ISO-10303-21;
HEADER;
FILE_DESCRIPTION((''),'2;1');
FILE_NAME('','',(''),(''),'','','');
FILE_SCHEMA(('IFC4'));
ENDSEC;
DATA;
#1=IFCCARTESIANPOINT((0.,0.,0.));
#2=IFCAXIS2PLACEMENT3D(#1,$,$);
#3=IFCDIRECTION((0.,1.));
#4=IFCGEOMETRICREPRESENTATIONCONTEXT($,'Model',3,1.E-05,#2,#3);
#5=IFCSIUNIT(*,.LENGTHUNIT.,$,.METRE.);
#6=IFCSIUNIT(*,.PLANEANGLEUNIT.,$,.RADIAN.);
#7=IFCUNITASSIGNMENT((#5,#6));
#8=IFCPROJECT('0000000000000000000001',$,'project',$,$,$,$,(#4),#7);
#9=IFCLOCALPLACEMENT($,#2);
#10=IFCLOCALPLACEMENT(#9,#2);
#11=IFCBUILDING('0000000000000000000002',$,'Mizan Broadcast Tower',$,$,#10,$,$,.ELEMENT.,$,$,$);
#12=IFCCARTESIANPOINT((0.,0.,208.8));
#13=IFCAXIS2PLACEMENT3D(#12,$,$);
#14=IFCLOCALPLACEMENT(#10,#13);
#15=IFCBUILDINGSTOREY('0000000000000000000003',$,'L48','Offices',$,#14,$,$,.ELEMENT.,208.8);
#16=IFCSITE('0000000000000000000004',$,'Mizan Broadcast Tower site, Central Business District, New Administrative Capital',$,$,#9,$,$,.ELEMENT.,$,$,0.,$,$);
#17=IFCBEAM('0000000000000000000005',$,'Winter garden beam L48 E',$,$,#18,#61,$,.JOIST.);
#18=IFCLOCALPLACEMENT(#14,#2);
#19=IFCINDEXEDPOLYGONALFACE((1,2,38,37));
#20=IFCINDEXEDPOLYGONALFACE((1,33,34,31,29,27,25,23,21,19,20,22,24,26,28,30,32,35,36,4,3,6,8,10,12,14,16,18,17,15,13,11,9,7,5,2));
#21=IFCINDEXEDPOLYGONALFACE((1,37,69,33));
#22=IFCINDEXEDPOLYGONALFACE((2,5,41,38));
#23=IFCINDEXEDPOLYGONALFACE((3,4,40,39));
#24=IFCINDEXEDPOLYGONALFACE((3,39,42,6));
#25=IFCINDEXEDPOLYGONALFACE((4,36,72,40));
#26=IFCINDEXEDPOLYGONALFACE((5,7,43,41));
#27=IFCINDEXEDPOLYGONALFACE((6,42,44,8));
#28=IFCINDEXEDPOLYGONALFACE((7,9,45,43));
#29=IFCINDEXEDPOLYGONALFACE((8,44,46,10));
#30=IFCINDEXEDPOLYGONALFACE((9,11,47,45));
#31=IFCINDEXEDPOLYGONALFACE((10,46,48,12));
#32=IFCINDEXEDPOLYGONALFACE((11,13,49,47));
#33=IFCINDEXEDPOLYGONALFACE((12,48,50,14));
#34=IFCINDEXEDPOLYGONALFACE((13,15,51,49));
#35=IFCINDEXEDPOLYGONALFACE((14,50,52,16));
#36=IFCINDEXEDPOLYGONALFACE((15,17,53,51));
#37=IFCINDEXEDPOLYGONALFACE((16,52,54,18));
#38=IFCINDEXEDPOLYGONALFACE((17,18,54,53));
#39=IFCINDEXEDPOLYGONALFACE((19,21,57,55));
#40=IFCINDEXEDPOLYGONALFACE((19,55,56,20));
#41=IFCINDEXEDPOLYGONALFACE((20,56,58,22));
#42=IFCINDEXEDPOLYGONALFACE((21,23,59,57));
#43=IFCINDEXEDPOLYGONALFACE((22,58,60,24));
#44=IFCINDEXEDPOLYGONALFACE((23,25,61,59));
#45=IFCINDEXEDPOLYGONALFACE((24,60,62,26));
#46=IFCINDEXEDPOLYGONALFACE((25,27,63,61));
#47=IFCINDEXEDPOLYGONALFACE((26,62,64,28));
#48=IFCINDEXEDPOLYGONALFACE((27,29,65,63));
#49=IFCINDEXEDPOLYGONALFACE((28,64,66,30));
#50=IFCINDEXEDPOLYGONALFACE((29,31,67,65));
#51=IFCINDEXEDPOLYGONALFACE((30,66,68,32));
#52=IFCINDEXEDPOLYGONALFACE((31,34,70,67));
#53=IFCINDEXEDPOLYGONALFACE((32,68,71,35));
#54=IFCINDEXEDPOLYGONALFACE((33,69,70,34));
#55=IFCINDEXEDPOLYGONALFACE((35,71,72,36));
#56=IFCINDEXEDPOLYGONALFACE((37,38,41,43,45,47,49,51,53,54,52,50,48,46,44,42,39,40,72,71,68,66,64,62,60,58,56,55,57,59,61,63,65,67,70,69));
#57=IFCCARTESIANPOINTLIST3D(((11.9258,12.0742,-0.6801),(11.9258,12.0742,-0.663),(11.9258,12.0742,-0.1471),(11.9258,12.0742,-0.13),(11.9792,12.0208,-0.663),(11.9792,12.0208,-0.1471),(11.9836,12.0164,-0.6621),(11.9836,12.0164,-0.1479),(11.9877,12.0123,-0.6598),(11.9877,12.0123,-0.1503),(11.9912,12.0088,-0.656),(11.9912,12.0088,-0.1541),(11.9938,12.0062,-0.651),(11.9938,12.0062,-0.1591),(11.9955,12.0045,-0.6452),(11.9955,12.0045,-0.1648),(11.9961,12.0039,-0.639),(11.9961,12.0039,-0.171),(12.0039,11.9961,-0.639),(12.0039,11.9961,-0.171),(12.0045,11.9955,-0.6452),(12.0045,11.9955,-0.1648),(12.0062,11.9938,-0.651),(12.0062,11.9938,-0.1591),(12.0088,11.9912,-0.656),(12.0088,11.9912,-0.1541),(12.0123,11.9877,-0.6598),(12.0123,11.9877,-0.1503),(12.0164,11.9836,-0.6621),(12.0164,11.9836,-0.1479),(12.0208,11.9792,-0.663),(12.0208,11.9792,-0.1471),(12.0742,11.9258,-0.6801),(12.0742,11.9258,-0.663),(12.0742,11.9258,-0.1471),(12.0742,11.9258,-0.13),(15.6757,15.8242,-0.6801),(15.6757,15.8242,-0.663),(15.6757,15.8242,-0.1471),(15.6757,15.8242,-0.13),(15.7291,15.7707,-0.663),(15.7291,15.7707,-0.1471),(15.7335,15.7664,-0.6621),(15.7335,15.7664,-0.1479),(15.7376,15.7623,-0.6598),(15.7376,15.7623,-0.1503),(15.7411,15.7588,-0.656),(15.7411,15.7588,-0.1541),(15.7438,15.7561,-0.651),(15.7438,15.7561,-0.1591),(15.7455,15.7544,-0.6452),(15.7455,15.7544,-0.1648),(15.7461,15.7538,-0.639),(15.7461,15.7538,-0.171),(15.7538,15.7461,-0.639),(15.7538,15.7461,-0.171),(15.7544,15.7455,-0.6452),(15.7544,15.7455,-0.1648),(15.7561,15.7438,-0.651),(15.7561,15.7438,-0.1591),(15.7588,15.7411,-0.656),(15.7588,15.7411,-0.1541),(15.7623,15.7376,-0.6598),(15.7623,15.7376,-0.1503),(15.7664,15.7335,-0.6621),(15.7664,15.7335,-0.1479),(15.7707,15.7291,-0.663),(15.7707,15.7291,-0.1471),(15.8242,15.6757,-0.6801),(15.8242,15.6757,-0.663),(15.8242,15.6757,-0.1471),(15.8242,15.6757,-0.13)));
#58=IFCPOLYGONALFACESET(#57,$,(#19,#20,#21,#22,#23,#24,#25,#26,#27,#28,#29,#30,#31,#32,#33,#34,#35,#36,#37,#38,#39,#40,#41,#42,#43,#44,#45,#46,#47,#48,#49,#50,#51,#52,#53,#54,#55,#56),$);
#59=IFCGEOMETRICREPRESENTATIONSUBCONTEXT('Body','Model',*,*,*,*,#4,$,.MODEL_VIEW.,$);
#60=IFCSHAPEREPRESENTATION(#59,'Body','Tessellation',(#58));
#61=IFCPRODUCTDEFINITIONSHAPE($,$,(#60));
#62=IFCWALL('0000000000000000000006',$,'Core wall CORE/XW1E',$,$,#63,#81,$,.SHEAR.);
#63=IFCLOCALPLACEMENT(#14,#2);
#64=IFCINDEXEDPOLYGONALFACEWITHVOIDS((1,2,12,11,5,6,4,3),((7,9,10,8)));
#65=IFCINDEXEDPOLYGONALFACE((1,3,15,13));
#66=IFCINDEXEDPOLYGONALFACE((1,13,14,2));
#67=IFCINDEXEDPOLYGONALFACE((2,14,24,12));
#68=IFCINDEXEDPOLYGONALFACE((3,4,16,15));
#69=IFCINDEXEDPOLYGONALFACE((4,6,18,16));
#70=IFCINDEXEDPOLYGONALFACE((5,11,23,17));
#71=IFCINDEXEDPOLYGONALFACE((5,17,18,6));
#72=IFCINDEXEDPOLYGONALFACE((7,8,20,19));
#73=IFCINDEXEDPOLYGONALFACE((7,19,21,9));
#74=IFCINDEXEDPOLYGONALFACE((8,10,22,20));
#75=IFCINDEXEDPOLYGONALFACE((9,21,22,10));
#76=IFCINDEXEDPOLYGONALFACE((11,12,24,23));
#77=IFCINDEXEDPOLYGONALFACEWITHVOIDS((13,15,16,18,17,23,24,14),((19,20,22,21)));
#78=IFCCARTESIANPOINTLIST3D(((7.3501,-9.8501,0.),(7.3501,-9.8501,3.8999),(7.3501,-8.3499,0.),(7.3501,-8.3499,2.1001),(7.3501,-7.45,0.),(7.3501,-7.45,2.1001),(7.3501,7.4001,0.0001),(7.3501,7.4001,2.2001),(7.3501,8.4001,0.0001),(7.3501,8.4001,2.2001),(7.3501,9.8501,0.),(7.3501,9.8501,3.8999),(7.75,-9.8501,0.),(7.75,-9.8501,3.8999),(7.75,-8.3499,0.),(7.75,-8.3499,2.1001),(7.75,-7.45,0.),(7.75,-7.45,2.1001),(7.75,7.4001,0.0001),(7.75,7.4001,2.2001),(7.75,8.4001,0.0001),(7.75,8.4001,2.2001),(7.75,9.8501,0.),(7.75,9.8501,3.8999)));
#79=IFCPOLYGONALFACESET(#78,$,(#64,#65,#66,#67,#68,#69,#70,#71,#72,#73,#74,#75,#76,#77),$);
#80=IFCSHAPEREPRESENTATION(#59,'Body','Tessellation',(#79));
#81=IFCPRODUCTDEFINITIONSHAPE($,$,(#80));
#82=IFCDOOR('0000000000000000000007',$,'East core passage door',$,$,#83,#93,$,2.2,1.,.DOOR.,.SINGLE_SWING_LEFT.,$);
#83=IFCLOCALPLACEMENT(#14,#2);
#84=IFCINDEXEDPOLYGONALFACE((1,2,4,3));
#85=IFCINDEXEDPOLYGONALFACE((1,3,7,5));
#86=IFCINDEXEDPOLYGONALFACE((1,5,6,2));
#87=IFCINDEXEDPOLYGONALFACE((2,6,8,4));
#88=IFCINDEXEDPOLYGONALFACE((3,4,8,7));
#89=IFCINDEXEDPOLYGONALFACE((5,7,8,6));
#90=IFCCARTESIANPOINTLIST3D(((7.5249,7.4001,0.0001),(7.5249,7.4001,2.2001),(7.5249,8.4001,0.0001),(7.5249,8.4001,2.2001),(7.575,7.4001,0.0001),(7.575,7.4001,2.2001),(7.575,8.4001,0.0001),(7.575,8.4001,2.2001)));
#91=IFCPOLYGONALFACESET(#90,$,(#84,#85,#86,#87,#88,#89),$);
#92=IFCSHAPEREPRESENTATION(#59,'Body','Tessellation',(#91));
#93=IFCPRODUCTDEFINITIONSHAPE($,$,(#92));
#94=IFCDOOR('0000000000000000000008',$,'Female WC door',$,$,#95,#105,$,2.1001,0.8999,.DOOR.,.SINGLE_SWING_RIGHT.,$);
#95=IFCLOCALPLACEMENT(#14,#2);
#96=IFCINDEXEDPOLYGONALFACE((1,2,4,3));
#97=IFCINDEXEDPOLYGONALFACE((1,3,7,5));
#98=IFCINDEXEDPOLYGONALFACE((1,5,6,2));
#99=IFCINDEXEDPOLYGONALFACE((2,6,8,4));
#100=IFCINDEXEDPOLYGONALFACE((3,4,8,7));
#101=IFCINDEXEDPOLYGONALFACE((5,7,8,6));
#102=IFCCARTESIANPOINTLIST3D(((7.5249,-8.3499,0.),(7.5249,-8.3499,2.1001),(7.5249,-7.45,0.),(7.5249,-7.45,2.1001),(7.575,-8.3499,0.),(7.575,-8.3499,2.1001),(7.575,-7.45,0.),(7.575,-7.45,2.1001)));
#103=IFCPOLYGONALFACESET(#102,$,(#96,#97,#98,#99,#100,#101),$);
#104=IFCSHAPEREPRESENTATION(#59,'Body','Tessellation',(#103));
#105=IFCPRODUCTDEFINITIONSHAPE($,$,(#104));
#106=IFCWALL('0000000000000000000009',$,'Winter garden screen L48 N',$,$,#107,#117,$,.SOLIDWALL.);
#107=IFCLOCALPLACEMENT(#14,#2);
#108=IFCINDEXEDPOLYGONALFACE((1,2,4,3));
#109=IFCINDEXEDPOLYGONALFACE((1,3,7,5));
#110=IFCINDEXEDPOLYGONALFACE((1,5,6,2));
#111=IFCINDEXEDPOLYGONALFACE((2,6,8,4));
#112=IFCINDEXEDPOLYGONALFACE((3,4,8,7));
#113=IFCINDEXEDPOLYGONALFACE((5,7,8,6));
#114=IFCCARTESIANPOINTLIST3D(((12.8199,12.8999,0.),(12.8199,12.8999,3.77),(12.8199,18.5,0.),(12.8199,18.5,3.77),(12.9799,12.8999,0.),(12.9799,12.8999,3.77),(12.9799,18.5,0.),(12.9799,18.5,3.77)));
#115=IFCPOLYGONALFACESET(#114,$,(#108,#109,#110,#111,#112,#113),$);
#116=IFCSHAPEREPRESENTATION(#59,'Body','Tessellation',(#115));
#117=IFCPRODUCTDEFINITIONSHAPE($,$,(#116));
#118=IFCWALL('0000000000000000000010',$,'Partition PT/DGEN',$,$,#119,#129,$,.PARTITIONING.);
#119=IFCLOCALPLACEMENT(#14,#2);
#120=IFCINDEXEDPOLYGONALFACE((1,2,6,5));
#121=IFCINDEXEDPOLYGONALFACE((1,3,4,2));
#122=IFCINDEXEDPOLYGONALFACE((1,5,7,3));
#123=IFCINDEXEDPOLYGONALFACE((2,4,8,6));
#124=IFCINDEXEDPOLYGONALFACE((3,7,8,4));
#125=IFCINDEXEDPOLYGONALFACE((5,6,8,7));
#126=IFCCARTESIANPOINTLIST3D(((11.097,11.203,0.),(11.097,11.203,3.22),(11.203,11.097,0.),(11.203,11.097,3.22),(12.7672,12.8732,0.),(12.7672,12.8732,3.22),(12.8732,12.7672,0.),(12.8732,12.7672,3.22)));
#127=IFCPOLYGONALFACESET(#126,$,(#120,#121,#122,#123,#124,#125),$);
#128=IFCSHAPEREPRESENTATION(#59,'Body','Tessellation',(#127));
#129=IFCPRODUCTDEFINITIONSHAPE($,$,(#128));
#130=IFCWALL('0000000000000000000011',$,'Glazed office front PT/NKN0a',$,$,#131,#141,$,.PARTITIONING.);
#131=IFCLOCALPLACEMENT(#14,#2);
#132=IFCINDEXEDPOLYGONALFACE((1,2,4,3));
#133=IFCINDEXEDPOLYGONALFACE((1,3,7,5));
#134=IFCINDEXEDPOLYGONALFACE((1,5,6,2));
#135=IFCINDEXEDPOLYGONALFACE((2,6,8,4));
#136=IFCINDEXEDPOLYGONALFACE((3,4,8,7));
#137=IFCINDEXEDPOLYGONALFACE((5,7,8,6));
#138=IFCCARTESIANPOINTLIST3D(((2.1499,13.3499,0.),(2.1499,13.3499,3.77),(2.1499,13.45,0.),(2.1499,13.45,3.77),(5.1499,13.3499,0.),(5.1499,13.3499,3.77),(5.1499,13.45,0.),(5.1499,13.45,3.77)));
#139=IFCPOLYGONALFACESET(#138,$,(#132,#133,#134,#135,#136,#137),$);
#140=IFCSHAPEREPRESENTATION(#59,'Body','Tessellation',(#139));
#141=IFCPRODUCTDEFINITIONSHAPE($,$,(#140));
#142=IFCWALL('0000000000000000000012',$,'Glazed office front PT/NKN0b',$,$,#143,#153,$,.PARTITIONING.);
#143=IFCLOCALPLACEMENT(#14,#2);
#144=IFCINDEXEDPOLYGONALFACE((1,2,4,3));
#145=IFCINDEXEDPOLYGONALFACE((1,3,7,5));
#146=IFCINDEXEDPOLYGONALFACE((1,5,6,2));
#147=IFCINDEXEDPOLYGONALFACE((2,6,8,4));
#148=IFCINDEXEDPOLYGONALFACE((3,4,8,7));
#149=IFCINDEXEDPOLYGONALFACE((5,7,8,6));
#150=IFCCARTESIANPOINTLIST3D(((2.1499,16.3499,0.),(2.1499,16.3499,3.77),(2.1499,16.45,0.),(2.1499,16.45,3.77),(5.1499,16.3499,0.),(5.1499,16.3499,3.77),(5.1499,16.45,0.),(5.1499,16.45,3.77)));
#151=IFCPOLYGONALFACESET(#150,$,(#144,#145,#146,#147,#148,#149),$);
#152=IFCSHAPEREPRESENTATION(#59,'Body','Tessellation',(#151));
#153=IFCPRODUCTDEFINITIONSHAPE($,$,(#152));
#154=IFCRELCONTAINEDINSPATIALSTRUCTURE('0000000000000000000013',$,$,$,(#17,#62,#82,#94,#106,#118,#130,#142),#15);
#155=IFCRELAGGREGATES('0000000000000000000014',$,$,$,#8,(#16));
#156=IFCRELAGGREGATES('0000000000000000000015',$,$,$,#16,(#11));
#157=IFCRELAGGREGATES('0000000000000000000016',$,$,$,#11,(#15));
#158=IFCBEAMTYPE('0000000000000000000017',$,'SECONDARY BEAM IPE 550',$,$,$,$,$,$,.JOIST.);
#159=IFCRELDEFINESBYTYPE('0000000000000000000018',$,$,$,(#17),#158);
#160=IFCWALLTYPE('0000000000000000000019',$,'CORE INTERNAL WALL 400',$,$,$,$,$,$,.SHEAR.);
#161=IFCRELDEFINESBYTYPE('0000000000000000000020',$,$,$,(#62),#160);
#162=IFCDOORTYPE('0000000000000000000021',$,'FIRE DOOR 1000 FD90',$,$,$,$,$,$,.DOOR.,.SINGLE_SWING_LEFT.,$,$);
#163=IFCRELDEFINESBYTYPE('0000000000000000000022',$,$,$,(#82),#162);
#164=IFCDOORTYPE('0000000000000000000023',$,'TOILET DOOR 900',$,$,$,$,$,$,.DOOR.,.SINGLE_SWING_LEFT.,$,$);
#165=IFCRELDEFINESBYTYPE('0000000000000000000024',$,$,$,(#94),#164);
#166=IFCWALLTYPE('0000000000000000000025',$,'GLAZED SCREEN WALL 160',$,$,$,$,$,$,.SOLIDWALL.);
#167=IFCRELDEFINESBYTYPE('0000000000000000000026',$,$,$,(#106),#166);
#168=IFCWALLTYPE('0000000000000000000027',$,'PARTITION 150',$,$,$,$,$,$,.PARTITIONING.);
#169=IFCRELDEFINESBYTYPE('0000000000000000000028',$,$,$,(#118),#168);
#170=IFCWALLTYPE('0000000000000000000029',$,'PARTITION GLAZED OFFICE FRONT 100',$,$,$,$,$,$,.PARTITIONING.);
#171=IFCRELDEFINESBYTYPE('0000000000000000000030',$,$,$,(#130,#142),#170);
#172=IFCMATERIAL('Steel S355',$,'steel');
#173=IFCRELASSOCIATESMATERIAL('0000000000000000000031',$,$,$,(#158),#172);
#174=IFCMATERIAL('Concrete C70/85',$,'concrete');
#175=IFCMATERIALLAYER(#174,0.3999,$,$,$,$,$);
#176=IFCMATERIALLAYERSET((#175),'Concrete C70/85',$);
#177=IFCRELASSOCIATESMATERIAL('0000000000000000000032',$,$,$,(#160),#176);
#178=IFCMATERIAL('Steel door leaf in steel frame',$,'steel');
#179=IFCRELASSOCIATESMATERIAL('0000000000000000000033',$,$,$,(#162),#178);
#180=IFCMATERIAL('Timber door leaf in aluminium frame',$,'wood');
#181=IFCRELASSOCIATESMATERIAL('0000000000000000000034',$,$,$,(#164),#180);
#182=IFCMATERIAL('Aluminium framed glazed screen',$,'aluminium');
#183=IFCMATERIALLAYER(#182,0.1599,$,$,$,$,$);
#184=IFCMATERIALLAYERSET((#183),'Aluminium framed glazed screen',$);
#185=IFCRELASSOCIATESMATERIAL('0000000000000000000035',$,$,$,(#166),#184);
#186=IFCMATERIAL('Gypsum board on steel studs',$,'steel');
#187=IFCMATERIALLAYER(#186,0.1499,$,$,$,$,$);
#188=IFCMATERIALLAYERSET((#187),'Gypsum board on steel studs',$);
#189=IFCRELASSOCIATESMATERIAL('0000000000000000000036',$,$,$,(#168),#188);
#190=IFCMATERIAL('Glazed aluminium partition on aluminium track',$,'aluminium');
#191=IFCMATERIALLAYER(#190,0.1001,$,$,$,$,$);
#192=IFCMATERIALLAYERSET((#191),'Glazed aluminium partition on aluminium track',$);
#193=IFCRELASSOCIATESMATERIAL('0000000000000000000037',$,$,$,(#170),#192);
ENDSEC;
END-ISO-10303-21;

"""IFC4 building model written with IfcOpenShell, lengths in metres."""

from ifc_helpers import new_model, si_unit, direction, frame, frame_2d, origin, origin_2d, place, context, subcontext, project, spatial, rectangle, i_section, extrude, material, layer, layer_set, material_profile, profile_set, type_object, element, fill, save


model = new_model("IFC4")

# Units and contexts
model_context = context("Model", 3, precision=1e-05, world=origin(), true_north=direction((0.0, 1.0)))
body_context = subcontext(model_context, "Body", "Model", "MODEL_VIEW")
ifc_project = project(units=[si_unit("LENGTHUNIT", "METRE"), si_unit("PLANEANGLEUNIT", "RADIAN")], contexts=[model_context])

# Site, building, storey
site_placement = place(None, origin())
site = spatial("IfcSite", under=ifc_project, at=site_placement, Name="Mizan Broadcast Tower site, Central Business District, New Administrative Capital", CompositionType="ELEMENT", RefElevation=0.0)
building_placement = place(site_placement, origin())
building = spatial("IfcBuilding", under=site, at=building_placement, Name="Mizan Broadcast Tower", CompositionType="ELEMENT")
storey_placement = place(building_placement, frame((0.0, 0.0, 208.8)))
storey = spatial("IfcBuildingStorey", under=building, at=storey_placement, Name="L48", Description="Offices", CompositionType="ELEMENT", Elevation=208.8)

# Beam
ifc_material_1 = material(Name="Steel S355", Category="steel")
ifc_material_profile_1 = material_profile(ifc_material_1, i_section(OverallWidth=0.21, OverallDepth=0.55, WebThickness=0.011, FlangeThickness=0.0171, FilletRadius=0.0239, at=origin_2d()), Name="IPE 550")
ifc_profile_set_1 = profile_set([ifc_material_profile_1], Name="Steel S355")
beam_type_1 = type_object("IfcBeamType", Name="SECONDARY BEAM IPE 550", PredefinedType="JOIST", material=ifc_profile_set_1)
beam_placement = place(storey_placement, frame((12.0, 12.0, -0.405), z_axis=(0.707107, 0.707107, 0.0), x_axis=(-0.707107, 0.707107, 0.0)))
element("IfcBeam", 1, at=beam_placement, inside=storey, type_object=beam_type_1, Name="Winter garden beam L48 E", PredefinedType="JOIST", context=body_context, shape_type="SweptSolid", body=[
    extrude(i_section(OverallWidth=0.21, OverallDepth=0.55, WebThickness=0.011, FlangeThickness=0.0171, FilletRadius=0.0239, at=origin_2d()), origin(), (0.0, 0.0, 1.0), 5.3032),
])

# Wall, openings, doors
ifc_material_2 = material(Name="Concrete C70/85", Category="concrete")
ifc_layer_1 = layer(ifc_material_2, 0.3999)
ifc_layer_set_1 = layer_set([ifc_layer_1], Name="Concrete C70/85")
wall_type_1 = type_object("IfcWallType", Name="CORE INTERNAL WALL 400", PredefinedType="SHEAR", material=ifc_layer_set_1)
wall_1_placement = place(storey_placement, frame((7.55, 9.8501, 0.0), z_axis=(0.0, 0.0, 1.0), x_axis=(0.0, -1.0, 0.0)))
wall_1 = element("IfcWall", 2, at=wall_1_placement, inside=storey, type_object=wall_type_1, Name="Core wall CORE/XW1E", PredefinedType="SHEAR", context=body_context, shape_type="SweptSolid", body=[
    extrude(rectangle(XDim=19.7002, YDim=0.3999, at=frame_2d((9.8501, 0.0))), origin(), (0.0, 0.0, 1.0), 3.8999),
])
opening_1_placement = place(wall_1_placement, frame((1.45, 0.0, 0.0)))
opening_1 = element("IfcOpeningElement", 3, at=opening_1_placement, cuts=wall_1, PredefinedType="OPENING", context=body_context, shape_type="SweptSolid", body=[
    extrude(rectangle(XDim=1.0, YDim=2.2, at=frame_2d((0.5, 1.1001))), frame((0.0, 0.21, 0.0), z_axis=(0.0, -1.0, 0.0), x_axis=(1.0, 0.0, 0.0)), (0.0, 0.0, 1.0), 0.4199),
])
opening_2_placement = place(wall_1_placement, frame((17.3, 0.0, 0.0)))
opening_2 = element("IfcOpeningElement", 4, at=opening_2_placement, cuts=wall_1, PredefinedType="OPENING", context=body_context, shape_type="SweptSolid", body=[
    extrude(rectangle(XDim=0.8999, YDim=2.1001, at=frame_2d((0.45, 1.05))), frame((0.0, 0.21, 0.0), z_axis=(0.0, -1.0, 0.0), x_axis=(1.0, 0.0, 0.0)), (0.0, 0.0, 1.0), 0.4199),
])
ifc_material_3 = material(Name="Steel door leaf in steel frame", Category="steel")
door_type_1 = type_object("IfcDoorType", Name="FIRE DOOR 1000 FD90", OperationType="SINGLE_SWING_LEFT", PredefinedType="DOOR", material=ifc_material_3)
door_1_placement = place(opening_1_placement, origin())
door_1 = element("IfcDoor", 5, at=door_1_placement, inside=storey, type_object=door_type_1, Name="East core passage door", OperationType="SINGLE_SWING_LEFT", OverallHeight=2.2, OverallWidth=1.0, PredefinedType="DOOR", context=body_context, shape_type="SweptSolid", body=[
    extrude(rectangle(XDim=1.0, YDim=2.2, at=frame_2d((0.5, 1.1001))), frame((0.0, 0.0249, 0.0), z_axis=(0.0, -1.0, 0.0), x_axis=(1.0, 0.0, 0.0)), (0.0, 0.0, 1.0), 0.05),
])
fill(opening_1, door_1)
ifc_material_4 = material(Name="Timber door leaf in aluminium frame", Category="wood")
door_type_2 = type_object("IfcDoorType", Name="TOILET DOOR 900", OperationType="SINGLE_SWING_LEFT", PredefinedType="DOOR", material=ifc_material_4)
door_2_placement = place(opening_2_placement, origin())
door_2 = element("IfcDoor", 6, at=door_2_placement, inside=storey, type_object=door_type_2, Name="Female WC door", OperationType="SINGLE_SWING_RIGHT", OverallHeight=2.1001, OverallWidth=0.8999, PredefinedType="DOOR", context=body_context, shape_type="SweptSolid", body=[
    extrude(rectangle(XDim=0.8999, YDim=2.1001, at=frame_2d((0.45, 1.05))), frame((0.0, 0.0249, 0.0), z_axis=(0.0, -1.0, 0.0), x_axis=(1.0, 0.0, 0.0)), (0.0, 0.0, 1.0), 0.05),
])
fill(opening_2, door_2)

# Walls
ifc_material_5 = material(Name="Aluminium framed glazed screen", Category="aluminium")
ifc_layer_2 = layer(ifc_material_5, 0.1599)
ifc_layer_set_2 = layer_set([ifc_layer_2], Name="Aluminium framed glazed screen")
wall_type_2 = type_object("IfcWallType", Name="GLAZED SCREEN WALL 160", PredefinedType="SOLIDWALL", material=ifc_layer_set_2)
wall_2_placement = place(storey_placement, frame((12.8999, 12.8999, 0.0), z_axis=(0.0, 0.0, 1.0), x_axis=(0.0, 1.0, 0.0)))
element("IfcWall", 7, at=wall_2_placement, inside=storey, type_object=wall_type_2, Name="Winter garden screen L48 N", PredefinedType="SOLIDWALL", context=body_context, shape_type="SweptSolid", body=[
    extrude(rectangle(XDim=5.6001, YDim=0.1599, at=frame_2d((2.8, 0.0))), origin(), (0.0, 0.0, 1.0), 3.77),
])
ifc_material_6 = material(Name="Gypsum board on steel studs", Category="steel")
ifc_layer_3 = layer(ifc_material_6, 0.1499)
ifc_layer_set_3 = layer_set([ifc_layer_3], Name="Gypsum board on steel studs")
wall_type_3 = type_object("IfcWallType", Name="PARTITION 150", PredefinedType="PARTITIONING", material=ifc_layer_set_3)
wall_3_placement = place(storey_placement, frame((11.1499, 11.1499, 0.0), z_axis=(0.0, 0.0, 1.0), x_axis=(0.707107, 0.707107, 0.0)))
element("IfcWall", 8, at=wall_3_placement, inside=storey, type_object=wall_type_3, Name="Partition PT/DGEN", PredefinedType="PARTITIONING", context=body_context, shape_type="SweptSolid", body=[
    extrude(rectangle(XDim=2.3621, YDim=0.1499, at=frame_2d((1.1812, 0.0))), origin(), (0.0, 0.0, 1.0), 3.22),
])
ifc_material_7 = material(Name="Glazed aluminium partition on aluminium track", Category="aluminium")
ifc_layer_4 = layer(ifc_material_7, 0.1001)
ifc_layer_set_4 = layer_set([ifc_layer_4], Name="Glazed aluminium partition on aluminium track")
wall_type_4 = type_object("IfcWallType", Name="PARTITION GLAZED OFFICE FRONT 100", PredefinedType="PARTITIONING", material=ifc_layer_set_4)
for number, where, z_axis, x_axis, name in (
    (9, (2.1499, 13.3999, 0.0), (0.0, 0.0, 1.0), (1.0, 0.0, 0.0), "Glazed office front PT/NKN0a"),
    (10, (2.1499, 16.3999, 0.0), (0.0, 0.0, 1.0), (1.0, 0.0, 0.0), "Glazed office front PT/NKN0b"),
):
    element("IfcWall", number, at=place(storey_placement, frame(where, z_axis=z_axis, x_axis=x_axis)), inside=storey, type_object=wall_type_4, Name=name, PredefinedType="PARTITIONING", context=body_context, shape_type="SweptSolid", body=[
        extrude(rectangle(XDim=3.0, YDim=0.1001, at=frame_2d((1.5, 0.0))), origin(), (0.0, 0.0, 1.0), 3.77),
    ])

save(model, "model.ifc")
